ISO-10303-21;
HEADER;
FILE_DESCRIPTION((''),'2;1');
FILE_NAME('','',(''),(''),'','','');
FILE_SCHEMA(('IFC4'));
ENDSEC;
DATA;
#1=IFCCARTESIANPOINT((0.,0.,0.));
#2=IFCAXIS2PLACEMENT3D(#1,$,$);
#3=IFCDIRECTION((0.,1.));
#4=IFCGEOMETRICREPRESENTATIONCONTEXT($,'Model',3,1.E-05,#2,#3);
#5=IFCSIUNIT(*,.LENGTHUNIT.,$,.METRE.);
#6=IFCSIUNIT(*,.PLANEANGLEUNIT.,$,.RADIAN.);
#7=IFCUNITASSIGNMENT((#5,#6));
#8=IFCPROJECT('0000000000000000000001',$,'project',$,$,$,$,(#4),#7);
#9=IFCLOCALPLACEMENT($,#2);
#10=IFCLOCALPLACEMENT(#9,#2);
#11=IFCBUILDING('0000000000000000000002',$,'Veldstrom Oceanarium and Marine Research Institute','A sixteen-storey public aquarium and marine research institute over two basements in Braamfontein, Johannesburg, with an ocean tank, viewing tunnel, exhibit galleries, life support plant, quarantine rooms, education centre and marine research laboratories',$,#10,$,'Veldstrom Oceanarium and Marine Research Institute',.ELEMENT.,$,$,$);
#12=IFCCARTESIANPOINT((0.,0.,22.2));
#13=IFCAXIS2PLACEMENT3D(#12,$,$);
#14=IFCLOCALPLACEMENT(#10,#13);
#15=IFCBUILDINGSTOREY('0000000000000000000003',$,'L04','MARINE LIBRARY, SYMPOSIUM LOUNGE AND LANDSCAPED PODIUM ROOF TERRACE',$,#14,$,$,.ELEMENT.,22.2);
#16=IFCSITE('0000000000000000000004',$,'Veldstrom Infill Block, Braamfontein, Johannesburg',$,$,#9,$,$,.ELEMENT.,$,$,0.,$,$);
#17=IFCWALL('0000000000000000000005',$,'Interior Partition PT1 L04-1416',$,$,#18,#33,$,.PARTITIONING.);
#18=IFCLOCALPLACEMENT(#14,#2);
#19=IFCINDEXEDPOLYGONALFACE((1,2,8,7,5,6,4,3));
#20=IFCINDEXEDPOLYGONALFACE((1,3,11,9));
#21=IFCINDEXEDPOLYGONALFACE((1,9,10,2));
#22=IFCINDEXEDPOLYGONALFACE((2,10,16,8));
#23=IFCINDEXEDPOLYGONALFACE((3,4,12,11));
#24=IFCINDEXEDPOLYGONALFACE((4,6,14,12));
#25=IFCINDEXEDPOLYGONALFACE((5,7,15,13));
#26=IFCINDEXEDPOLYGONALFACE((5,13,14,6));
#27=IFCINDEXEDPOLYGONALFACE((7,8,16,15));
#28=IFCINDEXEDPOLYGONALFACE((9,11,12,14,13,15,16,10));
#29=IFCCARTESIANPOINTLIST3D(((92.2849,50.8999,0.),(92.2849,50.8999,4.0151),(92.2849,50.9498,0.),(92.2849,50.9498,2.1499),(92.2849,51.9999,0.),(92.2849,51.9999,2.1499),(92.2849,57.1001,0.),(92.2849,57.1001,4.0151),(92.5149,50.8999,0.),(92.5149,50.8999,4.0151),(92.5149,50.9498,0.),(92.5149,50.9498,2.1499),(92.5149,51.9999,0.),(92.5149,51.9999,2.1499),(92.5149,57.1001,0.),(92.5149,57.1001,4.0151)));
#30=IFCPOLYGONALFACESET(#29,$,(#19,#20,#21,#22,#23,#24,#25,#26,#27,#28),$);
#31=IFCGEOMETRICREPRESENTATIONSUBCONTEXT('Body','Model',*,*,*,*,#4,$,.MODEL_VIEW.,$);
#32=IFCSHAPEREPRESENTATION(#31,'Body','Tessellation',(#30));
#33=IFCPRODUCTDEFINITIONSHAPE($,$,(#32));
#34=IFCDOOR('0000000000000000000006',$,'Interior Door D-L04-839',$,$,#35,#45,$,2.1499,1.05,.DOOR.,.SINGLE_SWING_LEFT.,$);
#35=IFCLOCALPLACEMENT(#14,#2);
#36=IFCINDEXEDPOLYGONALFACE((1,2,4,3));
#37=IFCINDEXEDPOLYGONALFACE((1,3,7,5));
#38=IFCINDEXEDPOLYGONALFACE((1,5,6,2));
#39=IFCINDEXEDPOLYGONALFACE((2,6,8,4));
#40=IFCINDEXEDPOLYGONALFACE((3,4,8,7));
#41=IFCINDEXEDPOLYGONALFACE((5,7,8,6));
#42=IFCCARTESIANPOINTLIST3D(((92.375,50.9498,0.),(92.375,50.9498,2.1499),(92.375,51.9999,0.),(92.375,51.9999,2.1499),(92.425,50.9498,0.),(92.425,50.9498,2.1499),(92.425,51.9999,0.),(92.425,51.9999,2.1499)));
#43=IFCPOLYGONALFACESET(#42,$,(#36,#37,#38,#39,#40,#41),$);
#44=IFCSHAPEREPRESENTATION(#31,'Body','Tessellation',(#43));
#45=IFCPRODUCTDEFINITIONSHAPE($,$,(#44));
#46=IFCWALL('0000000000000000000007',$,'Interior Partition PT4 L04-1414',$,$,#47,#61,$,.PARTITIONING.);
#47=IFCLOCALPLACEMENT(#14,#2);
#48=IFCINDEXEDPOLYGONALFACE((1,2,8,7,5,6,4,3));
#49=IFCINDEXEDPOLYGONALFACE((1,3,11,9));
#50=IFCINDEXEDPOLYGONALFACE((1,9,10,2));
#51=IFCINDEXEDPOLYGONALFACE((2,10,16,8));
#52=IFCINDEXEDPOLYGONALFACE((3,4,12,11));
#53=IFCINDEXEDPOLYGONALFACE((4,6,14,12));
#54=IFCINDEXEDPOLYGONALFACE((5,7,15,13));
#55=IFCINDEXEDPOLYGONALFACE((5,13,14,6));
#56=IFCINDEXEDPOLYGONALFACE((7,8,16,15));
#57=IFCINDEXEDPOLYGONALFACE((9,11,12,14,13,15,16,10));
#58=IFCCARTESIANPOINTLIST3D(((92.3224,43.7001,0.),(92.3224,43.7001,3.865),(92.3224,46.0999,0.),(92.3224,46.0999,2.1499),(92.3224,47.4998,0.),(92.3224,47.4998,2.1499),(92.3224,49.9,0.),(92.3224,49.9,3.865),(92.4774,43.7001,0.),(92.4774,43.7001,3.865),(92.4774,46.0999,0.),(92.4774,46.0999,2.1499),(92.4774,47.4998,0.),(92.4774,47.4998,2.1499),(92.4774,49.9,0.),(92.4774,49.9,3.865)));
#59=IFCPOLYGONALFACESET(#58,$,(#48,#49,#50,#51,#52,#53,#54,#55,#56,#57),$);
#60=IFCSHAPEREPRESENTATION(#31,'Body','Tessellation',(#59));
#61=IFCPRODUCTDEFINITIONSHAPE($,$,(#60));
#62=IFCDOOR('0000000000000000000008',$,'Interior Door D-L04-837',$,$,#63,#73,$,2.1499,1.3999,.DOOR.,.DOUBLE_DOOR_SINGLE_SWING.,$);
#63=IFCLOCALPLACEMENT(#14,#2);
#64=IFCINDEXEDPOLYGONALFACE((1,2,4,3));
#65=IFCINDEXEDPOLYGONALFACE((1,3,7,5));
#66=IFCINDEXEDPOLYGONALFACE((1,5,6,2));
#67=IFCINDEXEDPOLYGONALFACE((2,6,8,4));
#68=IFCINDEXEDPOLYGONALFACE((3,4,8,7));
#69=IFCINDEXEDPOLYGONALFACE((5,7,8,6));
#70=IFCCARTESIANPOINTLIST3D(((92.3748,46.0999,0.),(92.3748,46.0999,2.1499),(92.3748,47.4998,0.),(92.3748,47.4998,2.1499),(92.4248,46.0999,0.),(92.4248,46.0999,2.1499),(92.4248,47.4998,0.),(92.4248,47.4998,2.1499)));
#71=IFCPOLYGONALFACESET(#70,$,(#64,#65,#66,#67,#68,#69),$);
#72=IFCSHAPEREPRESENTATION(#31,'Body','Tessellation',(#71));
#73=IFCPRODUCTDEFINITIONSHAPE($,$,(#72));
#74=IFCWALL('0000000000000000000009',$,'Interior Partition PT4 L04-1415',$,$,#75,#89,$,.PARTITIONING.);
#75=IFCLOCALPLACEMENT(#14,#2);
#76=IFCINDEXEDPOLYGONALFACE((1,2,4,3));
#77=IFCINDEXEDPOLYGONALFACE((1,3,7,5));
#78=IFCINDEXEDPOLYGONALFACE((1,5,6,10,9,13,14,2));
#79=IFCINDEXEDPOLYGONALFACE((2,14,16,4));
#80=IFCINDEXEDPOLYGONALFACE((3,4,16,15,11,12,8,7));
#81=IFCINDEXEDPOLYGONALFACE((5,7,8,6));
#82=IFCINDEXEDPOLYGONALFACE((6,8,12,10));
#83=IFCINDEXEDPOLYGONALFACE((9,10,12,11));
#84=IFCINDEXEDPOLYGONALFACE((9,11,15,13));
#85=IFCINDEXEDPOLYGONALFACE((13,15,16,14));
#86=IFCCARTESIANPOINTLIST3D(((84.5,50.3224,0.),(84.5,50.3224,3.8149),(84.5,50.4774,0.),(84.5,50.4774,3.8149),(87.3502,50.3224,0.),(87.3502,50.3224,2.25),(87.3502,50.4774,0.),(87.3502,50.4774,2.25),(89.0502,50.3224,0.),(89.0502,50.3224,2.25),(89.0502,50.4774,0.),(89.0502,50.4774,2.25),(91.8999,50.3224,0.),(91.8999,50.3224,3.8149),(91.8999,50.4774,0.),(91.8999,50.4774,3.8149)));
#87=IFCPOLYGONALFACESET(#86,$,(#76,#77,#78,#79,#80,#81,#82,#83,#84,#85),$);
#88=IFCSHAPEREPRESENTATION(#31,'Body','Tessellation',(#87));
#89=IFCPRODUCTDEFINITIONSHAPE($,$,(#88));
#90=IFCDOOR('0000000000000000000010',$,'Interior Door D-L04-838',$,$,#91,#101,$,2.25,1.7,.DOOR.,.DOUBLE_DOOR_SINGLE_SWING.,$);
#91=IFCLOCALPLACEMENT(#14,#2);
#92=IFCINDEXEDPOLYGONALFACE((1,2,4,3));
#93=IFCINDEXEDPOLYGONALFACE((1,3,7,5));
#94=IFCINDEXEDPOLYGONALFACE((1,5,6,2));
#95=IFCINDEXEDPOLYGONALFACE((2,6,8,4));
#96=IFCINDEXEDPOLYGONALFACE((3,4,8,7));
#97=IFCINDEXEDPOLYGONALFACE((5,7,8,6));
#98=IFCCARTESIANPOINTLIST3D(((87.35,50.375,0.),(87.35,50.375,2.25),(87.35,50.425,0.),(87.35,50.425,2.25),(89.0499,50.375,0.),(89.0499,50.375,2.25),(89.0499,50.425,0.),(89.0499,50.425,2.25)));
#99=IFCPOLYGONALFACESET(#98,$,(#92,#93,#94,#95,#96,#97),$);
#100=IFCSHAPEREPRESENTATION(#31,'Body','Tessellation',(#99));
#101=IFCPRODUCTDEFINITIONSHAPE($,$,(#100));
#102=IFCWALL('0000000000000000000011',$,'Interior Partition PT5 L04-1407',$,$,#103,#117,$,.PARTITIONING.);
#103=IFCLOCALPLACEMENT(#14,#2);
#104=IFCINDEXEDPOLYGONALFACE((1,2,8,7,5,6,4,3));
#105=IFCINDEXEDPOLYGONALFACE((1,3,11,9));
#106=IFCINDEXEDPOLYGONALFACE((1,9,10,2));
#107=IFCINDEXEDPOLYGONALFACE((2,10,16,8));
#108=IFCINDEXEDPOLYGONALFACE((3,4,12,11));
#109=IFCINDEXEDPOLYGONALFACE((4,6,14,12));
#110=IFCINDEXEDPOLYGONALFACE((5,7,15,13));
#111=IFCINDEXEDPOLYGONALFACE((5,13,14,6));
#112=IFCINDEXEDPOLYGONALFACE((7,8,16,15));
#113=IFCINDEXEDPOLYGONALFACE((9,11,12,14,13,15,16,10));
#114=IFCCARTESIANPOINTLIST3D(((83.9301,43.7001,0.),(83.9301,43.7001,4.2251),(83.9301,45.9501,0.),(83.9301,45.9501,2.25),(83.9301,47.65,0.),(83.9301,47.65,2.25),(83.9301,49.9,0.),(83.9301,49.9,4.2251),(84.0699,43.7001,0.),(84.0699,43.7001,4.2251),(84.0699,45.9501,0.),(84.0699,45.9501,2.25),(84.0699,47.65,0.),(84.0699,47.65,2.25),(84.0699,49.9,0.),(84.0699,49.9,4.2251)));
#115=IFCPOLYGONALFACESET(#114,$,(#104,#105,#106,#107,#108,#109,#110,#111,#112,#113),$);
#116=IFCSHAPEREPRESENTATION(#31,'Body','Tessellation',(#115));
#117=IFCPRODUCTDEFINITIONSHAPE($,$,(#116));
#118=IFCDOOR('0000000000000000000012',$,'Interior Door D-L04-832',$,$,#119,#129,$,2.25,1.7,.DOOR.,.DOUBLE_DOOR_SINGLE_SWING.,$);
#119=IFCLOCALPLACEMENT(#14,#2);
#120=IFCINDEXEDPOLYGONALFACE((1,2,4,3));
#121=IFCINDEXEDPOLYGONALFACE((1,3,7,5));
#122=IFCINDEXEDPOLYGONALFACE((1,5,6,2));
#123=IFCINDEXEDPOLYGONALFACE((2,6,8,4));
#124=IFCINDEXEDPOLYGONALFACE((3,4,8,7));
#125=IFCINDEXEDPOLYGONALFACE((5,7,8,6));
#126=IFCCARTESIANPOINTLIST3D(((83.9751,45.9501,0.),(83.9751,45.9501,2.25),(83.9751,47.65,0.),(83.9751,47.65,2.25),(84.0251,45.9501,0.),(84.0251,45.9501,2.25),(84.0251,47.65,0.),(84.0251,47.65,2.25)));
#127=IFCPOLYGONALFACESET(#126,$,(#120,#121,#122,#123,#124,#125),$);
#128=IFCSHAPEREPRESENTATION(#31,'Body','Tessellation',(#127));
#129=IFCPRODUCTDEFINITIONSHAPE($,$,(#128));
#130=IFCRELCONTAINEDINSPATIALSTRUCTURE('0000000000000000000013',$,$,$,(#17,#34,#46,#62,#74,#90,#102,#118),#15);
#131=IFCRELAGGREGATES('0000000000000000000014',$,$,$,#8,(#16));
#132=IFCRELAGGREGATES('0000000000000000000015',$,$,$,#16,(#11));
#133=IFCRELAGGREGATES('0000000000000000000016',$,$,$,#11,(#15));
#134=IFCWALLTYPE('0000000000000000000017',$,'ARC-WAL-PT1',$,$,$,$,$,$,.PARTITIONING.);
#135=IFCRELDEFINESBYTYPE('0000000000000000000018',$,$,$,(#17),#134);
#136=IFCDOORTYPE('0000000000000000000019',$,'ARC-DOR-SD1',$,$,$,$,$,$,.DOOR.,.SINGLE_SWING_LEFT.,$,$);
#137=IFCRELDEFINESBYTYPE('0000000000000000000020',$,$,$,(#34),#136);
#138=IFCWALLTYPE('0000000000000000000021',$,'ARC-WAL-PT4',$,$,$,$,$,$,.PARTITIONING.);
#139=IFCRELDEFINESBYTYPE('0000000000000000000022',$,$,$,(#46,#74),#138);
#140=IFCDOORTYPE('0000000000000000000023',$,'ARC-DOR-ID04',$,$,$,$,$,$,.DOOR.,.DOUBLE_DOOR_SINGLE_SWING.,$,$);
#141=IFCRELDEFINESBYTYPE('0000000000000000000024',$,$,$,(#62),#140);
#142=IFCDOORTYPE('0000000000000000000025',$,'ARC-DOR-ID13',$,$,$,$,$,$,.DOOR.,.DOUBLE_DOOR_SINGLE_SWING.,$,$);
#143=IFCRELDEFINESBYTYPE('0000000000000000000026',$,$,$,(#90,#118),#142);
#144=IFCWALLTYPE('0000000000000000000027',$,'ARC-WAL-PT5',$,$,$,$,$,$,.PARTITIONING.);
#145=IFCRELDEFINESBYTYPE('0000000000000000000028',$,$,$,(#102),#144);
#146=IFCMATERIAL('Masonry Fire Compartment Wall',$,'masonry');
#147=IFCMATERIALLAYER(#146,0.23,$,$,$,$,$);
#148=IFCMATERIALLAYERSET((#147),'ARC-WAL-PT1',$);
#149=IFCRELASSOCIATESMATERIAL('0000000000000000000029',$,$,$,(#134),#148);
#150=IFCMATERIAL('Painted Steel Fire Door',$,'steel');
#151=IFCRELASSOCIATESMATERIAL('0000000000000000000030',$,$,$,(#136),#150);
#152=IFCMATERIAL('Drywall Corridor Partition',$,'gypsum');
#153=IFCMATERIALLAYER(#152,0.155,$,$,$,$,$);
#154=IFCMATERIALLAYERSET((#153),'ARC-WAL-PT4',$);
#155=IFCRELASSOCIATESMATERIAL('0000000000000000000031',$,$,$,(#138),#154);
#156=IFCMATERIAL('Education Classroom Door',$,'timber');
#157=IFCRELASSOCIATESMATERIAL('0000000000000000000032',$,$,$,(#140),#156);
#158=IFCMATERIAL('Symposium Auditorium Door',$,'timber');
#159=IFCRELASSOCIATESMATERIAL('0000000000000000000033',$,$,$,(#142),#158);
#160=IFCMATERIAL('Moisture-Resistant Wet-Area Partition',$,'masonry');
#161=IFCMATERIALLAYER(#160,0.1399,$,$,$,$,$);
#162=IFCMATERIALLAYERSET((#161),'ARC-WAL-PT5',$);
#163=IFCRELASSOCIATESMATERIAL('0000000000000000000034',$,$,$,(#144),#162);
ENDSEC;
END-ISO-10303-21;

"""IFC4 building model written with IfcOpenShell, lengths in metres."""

from ifc_helpers import new_model, si_unit, direction, frame, frame_2d, origin, place, context, subcontext, project, spatial, rectangle, extrude, material, layer, layer_set, type_object, element, fill, save


model = new_model("IFC4")

# Units and contexts
model_context = context("Model", 3, precision=1e-05, world=origin(), true_north=direction((0.0, 1.0)))
body_context = subcontext(model_context, "Body", "Model", "MODEL_VIEW")
ifc_project = project(units=[si_unit("LENGTHUNIT", "METRE"), si_unit("PLANEANGLEUNIT", "RADIAN")], contexts=[model_context])

# Site, building, storey
site_placement = place(None, origin())
site = spatial("IfcSite", under=ifc_project, at=site_placement, Name="Veldstrom Infill Block, Braamfontein, Johannesburg", CompositionType="ELEMENT", RefElevation=0.0)
building_placement = place(site_placement, origin())
building = spatial("IfcBuilding", under=site, at=building_placement, Name="Veldstrom Oceanarium and Marine Research Institute", Description="A sixteen-storey public aquarium and marine research institute over two basements in Braamfontein, Johannesburg, with an ocean tank, viewing tunnel, exhibit galleries, life support plant, quarantine rooms, education centre and marine research laboratories", LongName="Veldstrom Oceanarium and Marine Research Institute", CompositionType="ELEMENT")
storey_placement = place(building_placement, frame((0.0, 0.0, 22.2)))
storey = spatial("IfcBuildingStorey", under=building, at=storey_placement, Name="L04", Description="MARINE LIBRARY, SYMPOSIUM LOUNGE AND LANDSCAPED PODIUM ROOF TERRACE", CompositionType="ELEMENT", Elevation=22.2)

# Walls, openings, doors
ifc_material_1 = material(Name="Masonry Fire Compartment Wall", Category="masonry")
ifc_layer_1 = layer(ifc_material_1, 0.23)
ifc_layer_set_1 = layer_set([ifc_layer_1], Name="ARC-WAL-PT1")
wall_type_1 = type_object("IfcWallType", Name="ARC-WAL-PT1", PredefinedType="PARTITIONING", material=ifc_layer_set_1)
ifc_material_2 = material(Name="Painted Steel Fire Door", Category="steel")
door_type_1 = type_object("IfcDoorType", Name="ARC-DOR-SD1", OperationType="SINGLE_SWING_LEFT", PredefinedType="DOOR", material=ifc_material_2)
wall_1_placement = place(storey_placement, frame((92.3999, 50.8999, 0.0), z_axis=(0.0, 0.0, 1.0), x_axis=(0.0, 1.0, 0.0)))
wall_1 = element("IfcWall", 1, at=wall_1_placement, inside=storey, type_object=wall_type_1, Name="Interior Partition PT1 L04-1416", PredefinedType="PARTITIONING", context=body_context, shape_type="SweptSolid", body=[
    extrude(rectangle(XDim=6.2002, YDim=0.23, at=frame_2d((3.1001, 0.0))), origin(), (0.0, 0.0, 1.0), 4.0151),
])
opening_1_placement = place(wall_1_placement, frame((0.05, 0.0, 0.0)))
opening_1 = element("IfcOpeningElement", 2, at=opening_1_placement, cuts=wall_1, PredefinedType="OPENING", context=body_context, shape_type="SweptSolid", body=[
    extrude(rectangle(XDim=1.05, YDim=2.1499, at=frame_2d((0.5249, 1.075))), frame((0.0, 0.125, 0.0), z_axis=(0.0, -1.0, 0.0), x_axis=(1.0, 0.0, 0.0)), (0.0, 0.0, 1.0), 0.25),
])
door_1_placement = place(opening_1_placement, origin())
door_1 = element("IfcDoor", 3, at=door_1_placement, inside=storey, type_object=door_type_1, Name="Interior Door D-L04-839", OperationType="SINGLE_SWING_LEFT", OverallHeight=2.1499, OverallWidth=1.05, PredefinedType="DOOR", context=body_context, shape_type="SweptSolid", body=[
    extrude(rectangle(XDim=1.05, YDim=2.1499, at=frame_2d((0.5249, 1.075))), frame((0.0, 0.0249, 0.0), z_axis=(0.0, -1.0, 0.0), x_axis=(1.0, 0.0, 0.0)), (0.0, 0.0, 1.0), 0.05),
])
fill(opening_1, door_1)
ifc_material_3 = material(Name="Drywall Corridor Partition", Category="gypsum")
ifc_layer_2 = layer(ifc_material_3, 0.155)
ifc_layer_set_2 = layer_set([ifc_layer_2], Name="ARC-WAL-PT4")
wall_type_2 = type_object("IfcWallType", Name="ARC-WAL-PT4", PredefinedType="PARTITIONING", material=ifc_layer_set_2)
wall_2_placement = place(storey_placement, frame((92.3999, 43.7, 0.0), z_axis=(0.0, 0.0, 1.0), x_axis=(0.0, 1.0, 0.0)))
wall_2 = element("IfcWall", 4, at=wall_2_placement, inside=storey, type_object=wall_type_2, Name="Interior Partition PT4 L04-1414", PredefinedType="PARTITIONING", context=body_context, shape_type="SweptSolid", body=[
    extrude(rectangle(XDim=6.2, YDim=0.155, at=frame_2d((3.1001, 0.0))), origin(), (0.0, 0.0, 1.0), 3.865),
])
opening_2_placement = place(wall_2_placement, frame((2.3999, 0.0, 0.0)))
opening_2 = element("IfcOpeningElement", 5, at=opening_2_placement, cuts=wall_2, PredefinedType="OPENING", context=body_context, shape_type="SweptSolid", body=[
    extrude(rectangle(XDim=1.3999, YDim=2.1499, at=frame_2d((0.7, 1.075))), frame((0.0, 0.0874, 0.0), z_axis=(0.0, -1.0, 0.0), x_axis=(1.0, 0.0, 0.0)), (0.0, 0.0, 1.0), 0.175),
])
ifc_material_4 = material(Name="Education Classroom Door", Category="timber")
door_type_2 = type_object("IfcDoorType", Name="ARC-DOR-ID04", OperationType="DOUBLE_DOOR_SINGLE_SWING", PredefinedType="DOOR", material=ifc_material_4)
door_2_placement = place(opening_2_placement, frame((1.3999, 0.0, 0.0), z_axis=(0.0, 0.0, 1.0), x_axis=(-1.0, 0.0, 0.0)))
door_2 = element("IfcDoor", 6, at=door_2_placement, inside=storey, type_object=door_type_2, Name="Interior Door D-L04-837", OperationType="DOUBLE_DOOR_SINGLE_SWING", OverallHeight=2.1499, OverallWidth=1.3999, PredefinedType="DOOR", context=body_context, shape_type="SweptSolid", body=[
    extrude(rectangle(XDim=1.3999, YDim=2.1499, at=frame_2d((0.7, 1.075))), frame((0.0, 0.0249, 0.0), z_axis=(0.0, -1.0, 0.0), x_axis=(1.0, 0.0, 0.0)), (0.0, 0.0, 1.0), 0.05),
])
fill(opening_2, door_2)
wall_3_placement = place(storey_placement, frame((84.5, 50.3999, 0.0), z_axis=(0.0, 0.0, 1.0), x_axis=(1.0, 0.0, 0.0)))
wall_3 = element("IfcWall", 7, at=wall_3_placement, inside=storey, type_object=wall_type_2, Name="Interior Partition PT4 L04-1415", PredefinedType="PARTITIONING", context=body_context, shape_type="SweptSolid", body=[
    extrude(rectangle(XDim=7.3999, YDim=0.155, at=frame_2d((3.7, 0.0))), origin(), (0.0, 0.0, 1.0), 3.8149),
])
opening_3_placement = place(wall_3_placement, frame((2.8501, 0.0, 0.0)))
opening_3 = element("IfcOpeningElement", 8, at=opening_3_placement, cuts=wall_3, PredefinedType="OPENING", context=body_context, shape_type="SweptSolid", body=[
    extrude(rectangle(XDim=1.7, YDim=2.25, at=frame_2d((0.8501, 1.125))), frame((0.0, 0.0874, 0.0), z_axis=(0.0, -1.0, 0.0), x_axis=(1.0, 0.0, 0.0)), (0.0, 0.0, 1.0), 0.175),
])
ifc_material_5 = material(Name="Symposium Auditorium Door", Category="timber")
door_type_3 = type_object("IfcDoorType", Name="ARC-DOR-ID13", OperationType="DOUBLE_DOOR_SINGLE_SWING", PredefinedType="DOOR", material=ifc_material_5)
door_3_placement = place(opening_3_placement, frame((1.7, 0.0, 0.0), z_axis=(0.0, 0.0, 1.0), x_axis=(-1.0, 0.0, 0.0)))
door_3 = element("IfcDoor", 9, at=door_3_placement, inside=storey, type_object=door_type_3, Name="Interior Door D-L04-838", OperationType="DOUBLE_DOOR_SINGLE_SWING", OverallHeight=2.25, OverallWidth=1.7, PredefinedType="DOOR", context=body_context, shape_type="SweptSolid", body=[
    extrude(rectangle(XDim=1.7, YDim=2.25, at=frame_2d((0.8501, 1.125))), frame((0.0, 0.0249, 0.0), z_axis=(0.0, -1.0, 0.0), x_axis=(1.0, 0.0, 0.0)), (0.0, 0.0, 1.0), 0.05),
])
fill(opening_3, door_3)
ifc_material_6 = material(Name="Moisture-Resistant Wet-Area Partition", Category="masonry")
ifc_layer_3 = layer(ifc_material_6, 0.1399)
ifc_layer_set_3 = layer_set([ifc_layer_3], Name="ARC-WAL-PT5")
wall_type_3 = type_object("IfcWallType", Name="ARC-WAL-PT5", PredefinedType="PARTITIONING", material=ifc_layer_set_3)
wall_4_placement = place(storey_placement, frame((84.0, 43.7, 0.0), z_axis=(0.0, 0.0, 1.0), x_axis=(0.0, 1.0, 0.0)))
wall_4 = element("IfcWall", 10, at=wall_4_placement, inside=storey, type_object=wall_type_3, Name="Interior Partition PT5 L04-1407", PredefinedType="PARTITIONING", context=body_context, shape_type="SweptSolid", body=[
    extrude(rectangle(XDim=6.2, YDim=0.1399, at=frame_2d((3.1001, 0.0))), origin(), (0.0, 0.0, 1.0), 4.2251),
])
opening_4_placement = place(wall_4_placement, frame((2.25, 0.0, 0.0)))
opening_4 = element("IfcOpeningElement", 11, at=opening_4_placement, cuts=wall_4, PredefinedType="OPENING", context=body_context, shape_type="SweptSolid", body=[
    extrude(rectangle(XDim=1.7, YDim=2.25, at=frame_2d((0.8501, 1.125))), frame((0.0, 0.0798, 0.0), z_axis=(0.0, -1.0, 0.0), x_axis=(1.0, 0.0, 0.0)), (0.0, 0.0, 1.0), 0.1599),
])
door_4_placement = place(opening_4_placement, origin())
door_4 = element("IfcDoor", 12, at=door_4_placement, inside=storey, type_object=door_type_3, Name="Interior Door D-L04-832", OperationType="DOUBLE_DOOR_SINGLE_SWING", OverallHeight=2.25, OverallWidth=1.7, PredefinedType="DOOR", context=body_context, shape_type="SweptSolid", body=[
    extrude(rectangle(XDim=1.7, YDim=2.25, at=frame_2d((0.8501, 1.125))), frame((0.0, 0.0249, 0.0), z_axis=(0.0, -1.0, 0.0), x_axis=(1.0, 0.0, 0.0)), (0.0, 0.0, 1.0), 0.05),
])
fill(opening_4, door_4)

save(model, "model.ifc")
